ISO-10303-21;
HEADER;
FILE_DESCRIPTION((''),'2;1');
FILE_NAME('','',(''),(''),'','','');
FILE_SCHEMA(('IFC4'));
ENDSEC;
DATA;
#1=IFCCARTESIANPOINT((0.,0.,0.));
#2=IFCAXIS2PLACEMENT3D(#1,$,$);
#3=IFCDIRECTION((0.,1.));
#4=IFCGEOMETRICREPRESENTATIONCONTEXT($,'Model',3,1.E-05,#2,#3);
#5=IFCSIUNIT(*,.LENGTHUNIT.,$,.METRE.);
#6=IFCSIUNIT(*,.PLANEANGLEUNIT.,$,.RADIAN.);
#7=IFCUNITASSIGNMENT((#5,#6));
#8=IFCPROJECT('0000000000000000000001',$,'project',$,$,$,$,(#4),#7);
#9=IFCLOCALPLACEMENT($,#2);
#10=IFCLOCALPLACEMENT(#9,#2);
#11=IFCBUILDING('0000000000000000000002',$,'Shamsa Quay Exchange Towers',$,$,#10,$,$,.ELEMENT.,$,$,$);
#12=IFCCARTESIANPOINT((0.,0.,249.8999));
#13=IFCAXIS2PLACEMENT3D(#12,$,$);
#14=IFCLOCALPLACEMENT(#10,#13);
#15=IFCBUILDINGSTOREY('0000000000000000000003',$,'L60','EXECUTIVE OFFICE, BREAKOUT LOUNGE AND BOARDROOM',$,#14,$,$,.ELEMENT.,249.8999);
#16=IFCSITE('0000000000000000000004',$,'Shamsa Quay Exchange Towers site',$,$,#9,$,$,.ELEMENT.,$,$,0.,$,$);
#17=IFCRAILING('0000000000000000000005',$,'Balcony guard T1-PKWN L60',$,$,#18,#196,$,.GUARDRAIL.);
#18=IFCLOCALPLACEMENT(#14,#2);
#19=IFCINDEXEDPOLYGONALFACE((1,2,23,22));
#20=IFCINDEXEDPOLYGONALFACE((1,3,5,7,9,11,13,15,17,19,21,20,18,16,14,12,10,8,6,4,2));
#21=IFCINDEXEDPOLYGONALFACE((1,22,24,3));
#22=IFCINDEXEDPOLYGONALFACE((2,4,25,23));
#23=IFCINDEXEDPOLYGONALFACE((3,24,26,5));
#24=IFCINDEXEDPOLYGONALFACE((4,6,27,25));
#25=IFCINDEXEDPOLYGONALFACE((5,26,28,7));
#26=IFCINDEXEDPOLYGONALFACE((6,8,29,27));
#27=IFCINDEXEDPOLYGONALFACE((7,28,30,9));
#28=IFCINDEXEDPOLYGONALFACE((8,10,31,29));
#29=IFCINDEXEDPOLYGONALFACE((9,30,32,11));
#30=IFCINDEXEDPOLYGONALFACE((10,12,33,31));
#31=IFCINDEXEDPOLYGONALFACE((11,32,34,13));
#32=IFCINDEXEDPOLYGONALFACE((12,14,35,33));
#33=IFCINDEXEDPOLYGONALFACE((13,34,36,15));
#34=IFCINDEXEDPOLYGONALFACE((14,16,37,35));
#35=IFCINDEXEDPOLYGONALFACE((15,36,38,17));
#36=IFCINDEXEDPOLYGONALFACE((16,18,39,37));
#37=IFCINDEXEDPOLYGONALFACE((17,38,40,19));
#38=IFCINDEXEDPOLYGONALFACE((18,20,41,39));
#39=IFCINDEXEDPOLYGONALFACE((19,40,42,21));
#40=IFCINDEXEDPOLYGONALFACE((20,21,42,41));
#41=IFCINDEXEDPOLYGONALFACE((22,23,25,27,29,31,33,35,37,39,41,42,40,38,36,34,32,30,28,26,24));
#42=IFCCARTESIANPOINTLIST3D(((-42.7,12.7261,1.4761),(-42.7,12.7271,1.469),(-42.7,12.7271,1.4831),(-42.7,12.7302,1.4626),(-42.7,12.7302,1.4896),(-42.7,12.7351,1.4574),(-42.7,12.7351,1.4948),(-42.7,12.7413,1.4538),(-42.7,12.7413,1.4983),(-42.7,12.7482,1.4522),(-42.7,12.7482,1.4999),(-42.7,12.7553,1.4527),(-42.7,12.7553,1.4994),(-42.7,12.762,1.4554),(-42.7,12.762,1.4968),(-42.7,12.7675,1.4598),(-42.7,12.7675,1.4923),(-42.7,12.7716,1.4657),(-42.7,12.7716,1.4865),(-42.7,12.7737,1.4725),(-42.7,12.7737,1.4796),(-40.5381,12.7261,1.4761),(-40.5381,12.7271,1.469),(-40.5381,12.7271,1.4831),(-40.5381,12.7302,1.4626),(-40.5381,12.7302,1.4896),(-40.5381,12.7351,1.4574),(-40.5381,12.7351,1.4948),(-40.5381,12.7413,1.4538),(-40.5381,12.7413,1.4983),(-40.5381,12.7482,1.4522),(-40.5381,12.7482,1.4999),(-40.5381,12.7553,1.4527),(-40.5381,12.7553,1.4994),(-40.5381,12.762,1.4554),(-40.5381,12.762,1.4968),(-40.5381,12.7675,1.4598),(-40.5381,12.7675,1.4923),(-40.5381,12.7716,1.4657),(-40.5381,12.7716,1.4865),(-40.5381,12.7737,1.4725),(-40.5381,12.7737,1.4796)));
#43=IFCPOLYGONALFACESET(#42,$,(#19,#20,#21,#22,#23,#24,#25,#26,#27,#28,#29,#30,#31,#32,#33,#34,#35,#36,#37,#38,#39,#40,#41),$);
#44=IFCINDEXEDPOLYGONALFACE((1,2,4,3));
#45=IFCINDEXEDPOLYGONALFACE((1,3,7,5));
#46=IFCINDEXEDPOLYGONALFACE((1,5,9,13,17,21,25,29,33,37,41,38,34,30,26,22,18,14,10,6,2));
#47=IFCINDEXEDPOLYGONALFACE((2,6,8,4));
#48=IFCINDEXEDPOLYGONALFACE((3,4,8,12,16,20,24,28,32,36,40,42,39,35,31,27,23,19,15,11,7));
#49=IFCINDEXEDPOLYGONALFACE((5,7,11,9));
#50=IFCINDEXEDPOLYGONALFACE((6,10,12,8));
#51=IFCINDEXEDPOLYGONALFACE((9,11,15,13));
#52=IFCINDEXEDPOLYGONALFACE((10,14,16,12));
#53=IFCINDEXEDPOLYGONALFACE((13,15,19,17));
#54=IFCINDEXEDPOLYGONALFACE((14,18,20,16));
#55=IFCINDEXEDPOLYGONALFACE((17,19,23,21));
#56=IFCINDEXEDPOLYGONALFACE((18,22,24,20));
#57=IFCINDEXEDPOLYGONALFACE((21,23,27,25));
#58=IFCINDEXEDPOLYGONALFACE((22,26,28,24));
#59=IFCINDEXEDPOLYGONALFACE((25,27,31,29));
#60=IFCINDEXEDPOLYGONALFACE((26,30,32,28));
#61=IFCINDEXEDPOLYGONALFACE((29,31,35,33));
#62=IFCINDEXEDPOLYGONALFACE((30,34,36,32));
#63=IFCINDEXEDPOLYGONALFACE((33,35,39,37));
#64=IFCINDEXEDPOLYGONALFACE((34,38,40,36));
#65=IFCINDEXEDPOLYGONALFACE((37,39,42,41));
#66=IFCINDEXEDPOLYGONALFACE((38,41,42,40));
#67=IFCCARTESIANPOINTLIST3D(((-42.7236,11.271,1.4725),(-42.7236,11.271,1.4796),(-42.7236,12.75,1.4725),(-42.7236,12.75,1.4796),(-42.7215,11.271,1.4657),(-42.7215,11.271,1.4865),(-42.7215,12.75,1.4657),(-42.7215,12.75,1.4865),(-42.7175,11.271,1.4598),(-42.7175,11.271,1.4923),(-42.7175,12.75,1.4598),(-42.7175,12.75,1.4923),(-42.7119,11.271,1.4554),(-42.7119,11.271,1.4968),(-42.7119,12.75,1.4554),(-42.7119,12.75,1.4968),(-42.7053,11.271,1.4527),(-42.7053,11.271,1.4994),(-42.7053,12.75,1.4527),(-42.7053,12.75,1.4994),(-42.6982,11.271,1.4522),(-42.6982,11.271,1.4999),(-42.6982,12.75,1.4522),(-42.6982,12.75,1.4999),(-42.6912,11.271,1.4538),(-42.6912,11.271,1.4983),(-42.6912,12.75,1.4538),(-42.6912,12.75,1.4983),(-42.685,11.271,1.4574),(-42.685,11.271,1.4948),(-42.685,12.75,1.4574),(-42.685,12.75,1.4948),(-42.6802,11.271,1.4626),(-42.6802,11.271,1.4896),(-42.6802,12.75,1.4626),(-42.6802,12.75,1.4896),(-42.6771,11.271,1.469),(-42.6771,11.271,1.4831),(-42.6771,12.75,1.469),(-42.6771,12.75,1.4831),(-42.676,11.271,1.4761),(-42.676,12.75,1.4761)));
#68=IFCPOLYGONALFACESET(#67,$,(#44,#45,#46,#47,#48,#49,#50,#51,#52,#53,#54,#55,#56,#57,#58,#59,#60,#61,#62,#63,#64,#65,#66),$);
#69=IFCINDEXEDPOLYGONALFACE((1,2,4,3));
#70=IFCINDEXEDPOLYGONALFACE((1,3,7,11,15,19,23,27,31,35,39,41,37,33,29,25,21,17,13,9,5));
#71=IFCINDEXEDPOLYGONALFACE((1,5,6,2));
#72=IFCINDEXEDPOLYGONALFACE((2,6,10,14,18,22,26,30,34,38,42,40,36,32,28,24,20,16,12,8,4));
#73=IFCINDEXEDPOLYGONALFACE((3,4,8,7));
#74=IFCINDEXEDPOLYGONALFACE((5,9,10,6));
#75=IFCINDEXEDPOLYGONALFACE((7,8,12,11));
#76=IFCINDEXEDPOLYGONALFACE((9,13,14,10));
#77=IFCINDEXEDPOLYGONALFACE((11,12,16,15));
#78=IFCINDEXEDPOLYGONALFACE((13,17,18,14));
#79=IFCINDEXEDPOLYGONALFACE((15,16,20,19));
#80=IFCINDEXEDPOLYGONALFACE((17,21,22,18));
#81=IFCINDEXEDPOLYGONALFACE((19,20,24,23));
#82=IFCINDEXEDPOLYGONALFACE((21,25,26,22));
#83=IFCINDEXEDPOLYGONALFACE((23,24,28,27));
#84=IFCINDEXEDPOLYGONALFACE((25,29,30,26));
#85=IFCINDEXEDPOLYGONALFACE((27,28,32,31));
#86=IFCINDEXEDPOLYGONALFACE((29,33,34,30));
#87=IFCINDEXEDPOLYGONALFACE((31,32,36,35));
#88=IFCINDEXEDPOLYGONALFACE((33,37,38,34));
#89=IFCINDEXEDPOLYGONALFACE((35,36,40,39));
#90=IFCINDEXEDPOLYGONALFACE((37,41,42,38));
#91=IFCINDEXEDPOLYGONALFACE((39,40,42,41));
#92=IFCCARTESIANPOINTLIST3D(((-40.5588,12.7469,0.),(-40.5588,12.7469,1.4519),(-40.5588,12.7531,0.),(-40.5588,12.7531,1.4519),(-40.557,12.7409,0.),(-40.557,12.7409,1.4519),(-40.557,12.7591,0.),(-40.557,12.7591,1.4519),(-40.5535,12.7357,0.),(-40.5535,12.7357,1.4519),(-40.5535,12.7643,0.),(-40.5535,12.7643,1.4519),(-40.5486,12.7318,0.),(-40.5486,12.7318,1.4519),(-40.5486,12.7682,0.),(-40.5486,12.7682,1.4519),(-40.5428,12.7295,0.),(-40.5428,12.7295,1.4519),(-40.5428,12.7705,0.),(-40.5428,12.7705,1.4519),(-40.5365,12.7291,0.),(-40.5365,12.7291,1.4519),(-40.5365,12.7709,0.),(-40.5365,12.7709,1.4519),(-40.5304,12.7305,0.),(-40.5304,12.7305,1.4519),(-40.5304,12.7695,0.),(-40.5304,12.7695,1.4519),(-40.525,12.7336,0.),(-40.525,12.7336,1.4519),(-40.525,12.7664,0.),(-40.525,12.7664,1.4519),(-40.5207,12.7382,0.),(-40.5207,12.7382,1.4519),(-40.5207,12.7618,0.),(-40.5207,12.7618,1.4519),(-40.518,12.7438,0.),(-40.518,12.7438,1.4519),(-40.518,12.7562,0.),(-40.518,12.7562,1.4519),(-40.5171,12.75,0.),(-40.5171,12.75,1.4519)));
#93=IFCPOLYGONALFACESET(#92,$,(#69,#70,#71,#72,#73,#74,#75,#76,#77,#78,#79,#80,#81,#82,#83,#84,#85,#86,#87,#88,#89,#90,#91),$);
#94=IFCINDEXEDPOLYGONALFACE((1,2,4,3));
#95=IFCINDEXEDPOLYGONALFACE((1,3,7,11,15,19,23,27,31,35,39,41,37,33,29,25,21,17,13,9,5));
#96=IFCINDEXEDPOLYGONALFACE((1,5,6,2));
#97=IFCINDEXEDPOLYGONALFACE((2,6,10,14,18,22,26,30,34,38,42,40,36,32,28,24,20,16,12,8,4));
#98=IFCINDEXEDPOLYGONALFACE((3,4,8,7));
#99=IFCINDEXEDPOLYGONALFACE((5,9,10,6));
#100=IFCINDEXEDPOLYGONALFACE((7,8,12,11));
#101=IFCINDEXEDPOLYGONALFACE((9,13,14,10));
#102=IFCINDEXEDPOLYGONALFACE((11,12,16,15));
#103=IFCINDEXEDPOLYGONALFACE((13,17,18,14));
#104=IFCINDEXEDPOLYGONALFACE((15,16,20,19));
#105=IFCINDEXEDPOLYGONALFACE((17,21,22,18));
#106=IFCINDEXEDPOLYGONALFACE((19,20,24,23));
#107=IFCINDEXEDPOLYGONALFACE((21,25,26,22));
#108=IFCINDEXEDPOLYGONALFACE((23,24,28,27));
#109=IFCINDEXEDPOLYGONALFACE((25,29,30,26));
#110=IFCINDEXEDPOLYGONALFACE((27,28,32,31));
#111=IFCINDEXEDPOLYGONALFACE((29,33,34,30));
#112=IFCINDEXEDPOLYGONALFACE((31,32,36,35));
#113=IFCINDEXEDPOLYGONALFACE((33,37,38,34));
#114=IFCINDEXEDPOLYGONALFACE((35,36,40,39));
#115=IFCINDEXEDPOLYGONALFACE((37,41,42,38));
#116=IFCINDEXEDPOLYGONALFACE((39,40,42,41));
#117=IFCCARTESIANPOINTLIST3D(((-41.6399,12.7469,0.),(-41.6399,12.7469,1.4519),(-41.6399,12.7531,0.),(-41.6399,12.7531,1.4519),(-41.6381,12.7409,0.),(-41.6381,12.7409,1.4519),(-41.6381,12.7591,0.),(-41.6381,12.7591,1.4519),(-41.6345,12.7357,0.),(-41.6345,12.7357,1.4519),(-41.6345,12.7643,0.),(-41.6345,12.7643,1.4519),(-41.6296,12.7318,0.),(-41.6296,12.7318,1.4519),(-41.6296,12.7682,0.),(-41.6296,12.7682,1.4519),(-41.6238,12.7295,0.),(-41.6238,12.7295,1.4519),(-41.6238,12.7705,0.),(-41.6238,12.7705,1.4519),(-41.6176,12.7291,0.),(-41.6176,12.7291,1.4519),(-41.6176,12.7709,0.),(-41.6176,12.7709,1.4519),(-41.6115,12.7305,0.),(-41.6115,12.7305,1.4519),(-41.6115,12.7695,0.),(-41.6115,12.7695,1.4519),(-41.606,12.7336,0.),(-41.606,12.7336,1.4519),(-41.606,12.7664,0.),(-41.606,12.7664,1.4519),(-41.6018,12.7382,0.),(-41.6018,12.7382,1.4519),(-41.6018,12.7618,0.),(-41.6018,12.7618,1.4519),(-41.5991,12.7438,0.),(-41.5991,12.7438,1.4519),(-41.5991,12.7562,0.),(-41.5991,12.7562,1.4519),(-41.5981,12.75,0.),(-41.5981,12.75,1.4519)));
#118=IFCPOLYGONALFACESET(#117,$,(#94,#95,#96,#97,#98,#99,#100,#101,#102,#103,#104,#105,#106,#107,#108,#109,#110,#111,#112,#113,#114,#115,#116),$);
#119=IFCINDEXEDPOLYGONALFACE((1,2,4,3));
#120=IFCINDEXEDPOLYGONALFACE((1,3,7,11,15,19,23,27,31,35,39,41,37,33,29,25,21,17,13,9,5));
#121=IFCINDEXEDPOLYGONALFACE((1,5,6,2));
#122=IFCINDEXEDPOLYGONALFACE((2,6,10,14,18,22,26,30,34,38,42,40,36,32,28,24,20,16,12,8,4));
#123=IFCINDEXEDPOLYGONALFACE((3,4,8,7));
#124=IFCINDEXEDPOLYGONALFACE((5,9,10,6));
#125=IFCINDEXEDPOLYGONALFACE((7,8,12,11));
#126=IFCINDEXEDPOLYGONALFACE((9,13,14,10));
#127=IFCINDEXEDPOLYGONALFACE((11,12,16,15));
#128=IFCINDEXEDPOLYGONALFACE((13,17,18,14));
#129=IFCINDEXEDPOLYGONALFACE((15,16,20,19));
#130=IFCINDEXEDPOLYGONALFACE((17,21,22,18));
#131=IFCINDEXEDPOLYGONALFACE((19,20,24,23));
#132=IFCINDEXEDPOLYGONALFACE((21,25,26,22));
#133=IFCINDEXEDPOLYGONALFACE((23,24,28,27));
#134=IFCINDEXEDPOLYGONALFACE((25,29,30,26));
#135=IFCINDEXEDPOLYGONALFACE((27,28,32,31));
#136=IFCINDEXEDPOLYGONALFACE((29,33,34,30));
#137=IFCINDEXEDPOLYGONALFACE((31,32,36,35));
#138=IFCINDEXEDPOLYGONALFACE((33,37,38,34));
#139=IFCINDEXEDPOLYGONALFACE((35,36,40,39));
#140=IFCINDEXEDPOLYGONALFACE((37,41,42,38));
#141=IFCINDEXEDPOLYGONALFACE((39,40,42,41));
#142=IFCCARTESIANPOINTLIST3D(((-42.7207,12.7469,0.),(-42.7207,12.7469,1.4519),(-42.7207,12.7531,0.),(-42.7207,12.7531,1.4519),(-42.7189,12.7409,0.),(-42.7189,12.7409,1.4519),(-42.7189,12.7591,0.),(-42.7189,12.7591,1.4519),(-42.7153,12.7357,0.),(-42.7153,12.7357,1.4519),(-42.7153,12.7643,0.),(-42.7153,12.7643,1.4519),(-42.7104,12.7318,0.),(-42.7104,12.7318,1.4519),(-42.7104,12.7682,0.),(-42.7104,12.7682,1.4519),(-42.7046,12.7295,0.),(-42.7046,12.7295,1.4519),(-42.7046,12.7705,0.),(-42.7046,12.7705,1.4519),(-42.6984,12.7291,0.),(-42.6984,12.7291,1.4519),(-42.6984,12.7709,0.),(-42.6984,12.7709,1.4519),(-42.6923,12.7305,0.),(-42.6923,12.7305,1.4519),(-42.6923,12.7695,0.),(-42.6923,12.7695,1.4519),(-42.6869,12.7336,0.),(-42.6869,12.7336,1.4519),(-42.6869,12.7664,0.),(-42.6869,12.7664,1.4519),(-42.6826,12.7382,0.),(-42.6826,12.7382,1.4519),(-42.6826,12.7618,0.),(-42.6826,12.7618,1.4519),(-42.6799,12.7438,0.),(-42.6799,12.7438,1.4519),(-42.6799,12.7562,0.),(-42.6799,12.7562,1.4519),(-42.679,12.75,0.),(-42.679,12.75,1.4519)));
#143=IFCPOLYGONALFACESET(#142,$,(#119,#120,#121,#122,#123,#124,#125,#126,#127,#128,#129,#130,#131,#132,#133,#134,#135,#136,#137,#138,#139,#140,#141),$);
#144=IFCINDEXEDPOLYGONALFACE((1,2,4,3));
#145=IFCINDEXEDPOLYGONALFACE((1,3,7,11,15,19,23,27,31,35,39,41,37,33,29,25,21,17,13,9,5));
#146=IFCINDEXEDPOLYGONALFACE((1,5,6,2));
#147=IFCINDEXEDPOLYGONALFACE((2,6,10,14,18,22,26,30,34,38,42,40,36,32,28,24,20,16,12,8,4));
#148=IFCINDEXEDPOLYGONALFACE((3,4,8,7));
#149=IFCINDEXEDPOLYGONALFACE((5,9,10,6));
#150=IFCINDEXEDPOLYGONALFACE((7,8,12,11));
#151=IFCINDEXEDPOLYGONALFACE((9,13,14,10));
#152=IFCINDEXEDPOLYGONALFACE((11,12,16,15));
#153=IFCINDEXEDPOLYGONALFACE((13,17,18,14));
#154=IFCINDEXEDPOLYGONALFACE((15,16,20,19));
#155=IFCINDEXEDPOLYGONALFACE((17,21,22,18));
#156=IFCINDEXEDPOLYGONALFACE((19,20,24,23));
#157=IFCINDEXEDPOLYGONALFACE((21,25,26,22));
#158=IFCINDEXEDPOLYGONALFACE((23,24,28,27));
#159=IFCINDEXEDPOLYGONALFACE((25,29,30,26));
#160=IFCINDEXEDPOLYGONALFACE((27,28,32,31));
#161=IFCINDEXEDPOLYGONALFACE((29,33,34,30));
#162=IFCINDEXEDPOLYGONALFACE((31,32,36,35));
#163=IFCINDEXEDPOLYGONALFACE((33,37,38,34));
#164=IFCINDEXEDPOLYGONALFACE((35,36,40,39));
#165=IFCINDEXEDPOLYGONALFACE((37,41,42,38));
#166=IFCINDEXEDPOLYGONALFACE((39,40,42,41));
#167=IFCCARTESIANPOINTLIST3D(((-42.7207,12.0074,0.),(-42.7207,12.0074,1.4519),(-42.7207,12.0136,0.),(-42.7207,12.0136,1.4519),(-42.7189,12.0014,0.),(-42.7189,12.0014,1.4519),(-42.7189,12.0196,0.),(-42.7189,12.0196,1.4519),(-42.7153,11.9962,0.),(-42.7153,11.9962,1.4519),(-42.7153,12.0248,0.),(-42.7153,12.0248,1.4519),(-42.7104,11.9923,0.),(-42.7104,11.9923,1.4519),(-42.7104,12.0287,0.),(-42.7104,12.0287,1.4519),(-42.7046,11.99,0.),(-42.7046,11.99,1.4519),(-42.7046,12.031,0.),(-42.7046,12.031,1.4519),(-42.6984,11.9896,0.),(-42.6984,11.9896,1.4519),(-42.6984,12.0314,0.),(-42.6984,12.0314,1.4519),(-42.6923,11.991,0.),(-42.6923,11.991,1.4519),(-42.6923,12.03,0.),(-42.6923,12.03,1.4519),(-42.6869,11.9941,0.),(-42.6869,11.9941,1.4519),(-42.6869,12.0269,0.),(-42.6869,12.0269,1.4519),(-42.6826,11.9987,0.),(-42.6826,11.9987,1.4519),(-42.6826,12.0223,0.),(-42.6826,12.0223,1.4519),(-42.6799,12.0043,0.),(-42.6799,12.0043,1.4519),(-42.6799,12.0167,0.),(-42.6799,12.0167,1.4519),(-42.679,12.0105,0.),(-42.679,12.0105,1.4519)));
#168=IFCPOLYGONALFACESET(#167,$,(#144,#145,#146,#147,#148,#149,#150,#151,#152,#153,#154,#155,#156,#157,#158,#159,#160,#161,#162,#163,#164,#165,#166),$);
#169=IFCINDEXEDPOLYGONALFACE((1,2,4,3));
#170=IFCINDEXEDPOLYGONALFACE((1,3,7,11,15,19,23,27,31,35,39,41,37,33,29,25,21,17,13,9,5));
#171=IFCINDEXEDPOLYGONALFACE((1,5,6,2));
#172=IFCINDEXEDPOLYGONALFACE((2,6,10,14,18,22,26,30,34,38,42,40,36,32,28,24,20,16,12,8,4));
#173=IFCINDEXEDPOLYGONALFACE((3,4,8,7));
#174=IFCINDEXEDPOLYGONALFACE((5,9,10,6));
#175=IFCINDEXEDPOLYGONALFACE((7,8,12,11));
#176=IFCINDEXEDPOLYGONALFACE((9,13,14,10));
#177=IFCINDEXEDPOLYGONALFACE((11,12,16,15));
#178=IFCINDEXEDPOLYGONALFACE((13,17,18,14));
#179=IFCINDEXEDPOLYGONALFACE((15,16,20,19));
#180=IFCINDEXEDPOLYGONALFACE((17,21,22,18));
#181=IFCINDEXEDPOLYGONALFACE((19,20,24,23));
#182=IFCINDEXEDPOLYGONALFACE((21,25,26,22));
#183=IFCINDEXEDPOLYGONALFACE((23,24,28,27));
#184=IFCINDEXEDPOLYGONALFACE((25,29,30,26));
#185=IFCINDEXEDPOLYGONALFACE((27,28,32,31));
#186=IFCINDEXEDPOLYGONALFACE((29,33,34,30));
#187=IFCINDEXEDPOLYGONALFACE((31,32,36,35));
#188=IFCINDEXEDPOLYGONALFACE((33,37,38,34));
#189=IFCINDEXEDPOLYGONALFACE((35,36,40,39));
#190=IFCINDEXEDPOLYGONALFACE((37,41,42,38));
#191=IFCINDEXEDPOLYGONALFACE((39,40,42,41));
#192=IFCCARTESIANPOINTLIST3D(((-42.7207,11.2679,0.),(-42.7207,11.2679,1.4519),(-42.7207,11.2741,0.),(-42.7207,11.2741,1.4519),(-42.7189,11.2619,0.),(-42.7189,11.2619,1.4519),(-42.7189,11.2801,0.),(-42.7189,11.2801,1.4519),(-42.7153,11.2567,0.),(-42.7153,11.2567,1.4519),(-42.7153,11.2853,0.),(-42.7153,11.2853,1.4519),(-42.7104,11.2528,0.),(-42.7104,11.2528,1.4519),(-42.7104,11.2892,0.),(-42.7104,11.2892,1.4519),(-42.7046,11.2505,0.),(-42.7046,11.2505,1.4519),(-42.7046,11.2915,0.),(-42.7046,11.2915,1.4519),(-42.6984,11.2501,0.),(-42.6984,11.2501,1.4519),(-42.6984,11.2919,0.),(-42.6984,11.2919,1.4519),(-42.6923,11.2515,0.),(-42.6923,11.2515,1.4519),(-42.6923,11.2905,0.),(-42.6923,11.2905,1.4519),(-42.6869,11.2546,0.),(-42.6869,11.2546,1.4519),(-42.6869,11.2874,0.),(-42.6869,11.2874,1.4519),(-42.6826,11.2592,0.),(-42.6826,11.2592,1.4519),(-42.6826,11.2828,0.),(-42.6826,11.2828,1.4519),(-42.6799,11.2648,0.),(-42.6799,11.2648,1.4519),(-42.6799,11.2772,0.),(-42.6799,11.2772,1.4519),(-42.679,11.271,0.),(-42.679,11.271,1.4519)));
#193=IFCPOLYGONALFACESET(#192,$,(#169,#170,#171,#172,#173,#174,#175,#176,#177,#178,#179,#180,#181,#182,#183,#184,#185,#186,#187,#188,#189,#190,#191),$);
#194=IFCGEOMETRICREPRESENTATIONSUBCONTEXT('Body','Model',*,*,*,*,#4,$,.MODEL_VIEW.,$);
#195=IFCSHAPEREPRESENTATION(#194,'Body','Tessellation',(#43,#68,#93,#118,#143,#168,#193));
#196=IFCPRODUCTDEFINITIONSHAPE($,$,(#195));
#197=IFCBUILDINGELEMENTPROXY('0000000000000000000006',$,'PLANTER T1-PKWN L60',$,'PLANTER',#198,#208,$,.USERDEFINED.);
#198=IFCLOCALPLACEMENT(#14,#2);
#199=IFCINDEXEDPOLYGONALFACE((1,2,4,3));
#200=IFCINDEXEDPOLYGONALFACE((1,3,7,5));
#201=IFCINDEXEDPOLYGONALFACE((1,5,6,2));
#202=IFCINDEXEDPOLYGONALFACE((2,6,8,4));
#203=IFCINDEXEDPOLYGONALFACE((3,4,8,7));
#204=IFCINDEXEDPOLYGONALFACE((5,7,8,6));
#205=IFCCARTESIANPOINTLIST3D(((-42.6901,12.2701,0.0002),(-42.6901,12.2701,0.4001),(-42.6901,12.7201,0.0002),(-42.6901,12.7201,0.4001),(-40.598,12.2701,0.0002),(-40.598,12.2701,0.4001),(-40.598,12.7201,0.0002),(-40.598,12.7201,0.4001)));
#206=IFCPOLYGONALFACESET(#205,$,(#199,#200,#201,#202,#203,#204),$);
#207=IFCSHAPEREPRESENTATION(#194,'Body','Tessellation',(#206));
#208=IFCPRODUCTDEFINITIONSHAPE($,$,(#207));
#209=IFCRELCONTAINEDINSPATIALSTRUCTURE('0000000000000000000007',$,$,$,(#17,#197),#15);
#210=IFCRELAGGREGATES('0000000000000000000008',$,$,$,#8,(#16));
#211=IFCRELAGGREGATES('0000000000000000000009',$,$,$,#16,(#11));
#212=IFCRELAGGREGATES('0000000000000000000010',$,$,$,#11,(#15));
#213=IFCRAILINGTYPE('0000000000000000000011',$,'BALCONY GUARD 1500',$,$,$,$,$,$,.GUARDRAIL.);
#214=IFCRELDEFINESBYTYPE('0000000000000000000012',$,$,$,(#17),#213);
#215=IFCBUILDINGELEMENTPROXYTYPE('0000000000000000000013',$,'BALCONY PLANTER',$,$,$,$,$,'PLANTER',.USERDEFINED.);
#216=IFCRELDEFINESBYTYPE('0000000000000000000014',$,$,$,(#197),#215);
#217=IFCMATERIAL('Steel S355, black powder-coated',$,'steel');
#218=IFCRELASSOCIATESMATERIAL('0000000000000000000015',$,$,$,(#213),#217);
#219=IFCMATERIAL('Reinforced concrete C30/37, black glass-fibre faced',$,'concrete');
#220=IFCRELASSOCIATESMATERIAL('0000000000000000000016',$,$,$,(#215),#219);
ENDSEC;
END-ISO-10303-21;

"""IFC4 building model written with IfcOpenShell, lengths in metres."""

from ifc_helpers import new_model, si_unit, direction, frame, origin, origin_2d, place, context, subcontext, project, spatial, rectangle, circle, extrude, material, type_object, element, save


model = new_model("IFC4")

# Units and contexts
model_context = context("Model", 3, precision=1e-05, world=origin(), true_north=direction((0.0, 1.0)))
body_context = subcontext(model_context, "Body", "Model", "MODEL_VIEW")
ifc_project = project(units=[si_unit("LENGTHUNIT", "METRE"), si_unit("PLANEANGLEUNIT", "RADIAN")], contexts=[model_context])

# Site, building, storey
site_placement = place(None, origin())
site = spatial("IfcSite", under=ifc_project, at=site_placement, Name="Shamsa Quay Exchange Towers site", CompositionType="ELEMENT", RefElevation=0.0)
building_placement = place(site_placement, origin())
building = spatial("IfcBuilding", under=site, at=building_placement, Name="Shamsa Quay Exchange Towers", CompositionType="ELEMENT")
storey_placement = place(building_placement, frame((0.0, 0.0, 249.8999)))
storey = spatial("IfcBuildingStorey", under=building, at=storey_placement, Name="L60", Description="EXECUTIVE OFFICE, BREAKOUT LOUNGE AND BOARDROOM", CompositionType="ELEMENT", Elevation=249.8999)

# Railing
ifc_material_1 = material(Name="Steel S355, black powder-coated", Category="steel")
railing_type = type_object("IfcRailingType", Name="BALCONY GUARD 1500", PredefinedType="GUARDRAIL", material=ifc_material_1)
railing_placement = place(storey_placement, frame((-40.5381, 12.75, 0.0)))
element("IfcRailing", 1, at=railing_placement, inside=storey, type_object=railing_type, Name="Balcony guard T1-PKWN L60", PredefinedType="GUARDRAIL", context=body_context, shape_type="SweptSolid", body=[
    extrude(circle(Radius=0.0239, at=origin_2d()), frame((0.0, 0.0, 1.4761), z_axis=(-1.0, 0.0, 0.0), x_axis=(0.0, -1.0, 0.0)), (0.0, 0.0, 1.0), 2.1619),
    extrude(circle(Radius=0.0239, at=origin_2d()), frame((-2.1619, 0.0, 1.4761), z_axis=(0.0, -1.0, 0.0), x_axis=(1.0, 0.0, 0.0)), (0.0, 0.0, 1.0), 1.479),
    extrude(circle(Radius=0.021, at=origin_2d()), origin(), (0.0, 0.0, 1.0), 1.4519),
    extrude(circle(Radius=0.021, at=origin_2d()), frame((-1.0811, 0.0, 0.0)), (0.0, 0.0, 1.0), 1.4519),
    extrude(circle(Radius=0.021, at=origin_2d()), frame((-2.1619, 0.0, 0.0)), (0.0, 0.0, 1.0), 1.4519),
    extrude(circle(Radius=0.021, at=origin_2d()), frame((-2.1619, -0.7395, 0.0)), (0.0, 0.0, 1.0), 1.4519),
    extrude(circle(Radius=0.021, at=origin_2d()), frame((-2.1619, -1.479, 0.0)), (0.0, 0.0, 1.0), 1.4519),
])

# Building element proxy
ifc_material_2 = material(Name="Reinforced concrete C30/37, black glass-fibre faced", Category="concrete")
building_element_proxy_type = type_object("IfcBuildingElementProxyType", Name="BALCONY PLANTER", ElementType="PLANTER", PredefinedType="USERDEFINED", material=ifc_material_2)
proxy_placement = place(storey_placement, frame((-41.644, 12.4951, 0.0002), z_axis=(0.0, 0.0, 1.0), x_axis=(-1.0, 0.0, 0.0)))
element("IfcBuildingElementProxy", 2, at=proxy_placement, inside=storey, type_object=building_element_proxy_type, Name="PLANTER T1-PKWN L60", ObjectType="PLANTER", PredefinedType="USERDEFINED", context=body_context, shape_type="SweptSolid", body=[
    extrude(rectangle(XDim=2.092, YDim=0.45, at=origin_2d()), origin(), (0.0, 0.0, 1.0), 0.3999),
])

save(model, "model.ifc")
